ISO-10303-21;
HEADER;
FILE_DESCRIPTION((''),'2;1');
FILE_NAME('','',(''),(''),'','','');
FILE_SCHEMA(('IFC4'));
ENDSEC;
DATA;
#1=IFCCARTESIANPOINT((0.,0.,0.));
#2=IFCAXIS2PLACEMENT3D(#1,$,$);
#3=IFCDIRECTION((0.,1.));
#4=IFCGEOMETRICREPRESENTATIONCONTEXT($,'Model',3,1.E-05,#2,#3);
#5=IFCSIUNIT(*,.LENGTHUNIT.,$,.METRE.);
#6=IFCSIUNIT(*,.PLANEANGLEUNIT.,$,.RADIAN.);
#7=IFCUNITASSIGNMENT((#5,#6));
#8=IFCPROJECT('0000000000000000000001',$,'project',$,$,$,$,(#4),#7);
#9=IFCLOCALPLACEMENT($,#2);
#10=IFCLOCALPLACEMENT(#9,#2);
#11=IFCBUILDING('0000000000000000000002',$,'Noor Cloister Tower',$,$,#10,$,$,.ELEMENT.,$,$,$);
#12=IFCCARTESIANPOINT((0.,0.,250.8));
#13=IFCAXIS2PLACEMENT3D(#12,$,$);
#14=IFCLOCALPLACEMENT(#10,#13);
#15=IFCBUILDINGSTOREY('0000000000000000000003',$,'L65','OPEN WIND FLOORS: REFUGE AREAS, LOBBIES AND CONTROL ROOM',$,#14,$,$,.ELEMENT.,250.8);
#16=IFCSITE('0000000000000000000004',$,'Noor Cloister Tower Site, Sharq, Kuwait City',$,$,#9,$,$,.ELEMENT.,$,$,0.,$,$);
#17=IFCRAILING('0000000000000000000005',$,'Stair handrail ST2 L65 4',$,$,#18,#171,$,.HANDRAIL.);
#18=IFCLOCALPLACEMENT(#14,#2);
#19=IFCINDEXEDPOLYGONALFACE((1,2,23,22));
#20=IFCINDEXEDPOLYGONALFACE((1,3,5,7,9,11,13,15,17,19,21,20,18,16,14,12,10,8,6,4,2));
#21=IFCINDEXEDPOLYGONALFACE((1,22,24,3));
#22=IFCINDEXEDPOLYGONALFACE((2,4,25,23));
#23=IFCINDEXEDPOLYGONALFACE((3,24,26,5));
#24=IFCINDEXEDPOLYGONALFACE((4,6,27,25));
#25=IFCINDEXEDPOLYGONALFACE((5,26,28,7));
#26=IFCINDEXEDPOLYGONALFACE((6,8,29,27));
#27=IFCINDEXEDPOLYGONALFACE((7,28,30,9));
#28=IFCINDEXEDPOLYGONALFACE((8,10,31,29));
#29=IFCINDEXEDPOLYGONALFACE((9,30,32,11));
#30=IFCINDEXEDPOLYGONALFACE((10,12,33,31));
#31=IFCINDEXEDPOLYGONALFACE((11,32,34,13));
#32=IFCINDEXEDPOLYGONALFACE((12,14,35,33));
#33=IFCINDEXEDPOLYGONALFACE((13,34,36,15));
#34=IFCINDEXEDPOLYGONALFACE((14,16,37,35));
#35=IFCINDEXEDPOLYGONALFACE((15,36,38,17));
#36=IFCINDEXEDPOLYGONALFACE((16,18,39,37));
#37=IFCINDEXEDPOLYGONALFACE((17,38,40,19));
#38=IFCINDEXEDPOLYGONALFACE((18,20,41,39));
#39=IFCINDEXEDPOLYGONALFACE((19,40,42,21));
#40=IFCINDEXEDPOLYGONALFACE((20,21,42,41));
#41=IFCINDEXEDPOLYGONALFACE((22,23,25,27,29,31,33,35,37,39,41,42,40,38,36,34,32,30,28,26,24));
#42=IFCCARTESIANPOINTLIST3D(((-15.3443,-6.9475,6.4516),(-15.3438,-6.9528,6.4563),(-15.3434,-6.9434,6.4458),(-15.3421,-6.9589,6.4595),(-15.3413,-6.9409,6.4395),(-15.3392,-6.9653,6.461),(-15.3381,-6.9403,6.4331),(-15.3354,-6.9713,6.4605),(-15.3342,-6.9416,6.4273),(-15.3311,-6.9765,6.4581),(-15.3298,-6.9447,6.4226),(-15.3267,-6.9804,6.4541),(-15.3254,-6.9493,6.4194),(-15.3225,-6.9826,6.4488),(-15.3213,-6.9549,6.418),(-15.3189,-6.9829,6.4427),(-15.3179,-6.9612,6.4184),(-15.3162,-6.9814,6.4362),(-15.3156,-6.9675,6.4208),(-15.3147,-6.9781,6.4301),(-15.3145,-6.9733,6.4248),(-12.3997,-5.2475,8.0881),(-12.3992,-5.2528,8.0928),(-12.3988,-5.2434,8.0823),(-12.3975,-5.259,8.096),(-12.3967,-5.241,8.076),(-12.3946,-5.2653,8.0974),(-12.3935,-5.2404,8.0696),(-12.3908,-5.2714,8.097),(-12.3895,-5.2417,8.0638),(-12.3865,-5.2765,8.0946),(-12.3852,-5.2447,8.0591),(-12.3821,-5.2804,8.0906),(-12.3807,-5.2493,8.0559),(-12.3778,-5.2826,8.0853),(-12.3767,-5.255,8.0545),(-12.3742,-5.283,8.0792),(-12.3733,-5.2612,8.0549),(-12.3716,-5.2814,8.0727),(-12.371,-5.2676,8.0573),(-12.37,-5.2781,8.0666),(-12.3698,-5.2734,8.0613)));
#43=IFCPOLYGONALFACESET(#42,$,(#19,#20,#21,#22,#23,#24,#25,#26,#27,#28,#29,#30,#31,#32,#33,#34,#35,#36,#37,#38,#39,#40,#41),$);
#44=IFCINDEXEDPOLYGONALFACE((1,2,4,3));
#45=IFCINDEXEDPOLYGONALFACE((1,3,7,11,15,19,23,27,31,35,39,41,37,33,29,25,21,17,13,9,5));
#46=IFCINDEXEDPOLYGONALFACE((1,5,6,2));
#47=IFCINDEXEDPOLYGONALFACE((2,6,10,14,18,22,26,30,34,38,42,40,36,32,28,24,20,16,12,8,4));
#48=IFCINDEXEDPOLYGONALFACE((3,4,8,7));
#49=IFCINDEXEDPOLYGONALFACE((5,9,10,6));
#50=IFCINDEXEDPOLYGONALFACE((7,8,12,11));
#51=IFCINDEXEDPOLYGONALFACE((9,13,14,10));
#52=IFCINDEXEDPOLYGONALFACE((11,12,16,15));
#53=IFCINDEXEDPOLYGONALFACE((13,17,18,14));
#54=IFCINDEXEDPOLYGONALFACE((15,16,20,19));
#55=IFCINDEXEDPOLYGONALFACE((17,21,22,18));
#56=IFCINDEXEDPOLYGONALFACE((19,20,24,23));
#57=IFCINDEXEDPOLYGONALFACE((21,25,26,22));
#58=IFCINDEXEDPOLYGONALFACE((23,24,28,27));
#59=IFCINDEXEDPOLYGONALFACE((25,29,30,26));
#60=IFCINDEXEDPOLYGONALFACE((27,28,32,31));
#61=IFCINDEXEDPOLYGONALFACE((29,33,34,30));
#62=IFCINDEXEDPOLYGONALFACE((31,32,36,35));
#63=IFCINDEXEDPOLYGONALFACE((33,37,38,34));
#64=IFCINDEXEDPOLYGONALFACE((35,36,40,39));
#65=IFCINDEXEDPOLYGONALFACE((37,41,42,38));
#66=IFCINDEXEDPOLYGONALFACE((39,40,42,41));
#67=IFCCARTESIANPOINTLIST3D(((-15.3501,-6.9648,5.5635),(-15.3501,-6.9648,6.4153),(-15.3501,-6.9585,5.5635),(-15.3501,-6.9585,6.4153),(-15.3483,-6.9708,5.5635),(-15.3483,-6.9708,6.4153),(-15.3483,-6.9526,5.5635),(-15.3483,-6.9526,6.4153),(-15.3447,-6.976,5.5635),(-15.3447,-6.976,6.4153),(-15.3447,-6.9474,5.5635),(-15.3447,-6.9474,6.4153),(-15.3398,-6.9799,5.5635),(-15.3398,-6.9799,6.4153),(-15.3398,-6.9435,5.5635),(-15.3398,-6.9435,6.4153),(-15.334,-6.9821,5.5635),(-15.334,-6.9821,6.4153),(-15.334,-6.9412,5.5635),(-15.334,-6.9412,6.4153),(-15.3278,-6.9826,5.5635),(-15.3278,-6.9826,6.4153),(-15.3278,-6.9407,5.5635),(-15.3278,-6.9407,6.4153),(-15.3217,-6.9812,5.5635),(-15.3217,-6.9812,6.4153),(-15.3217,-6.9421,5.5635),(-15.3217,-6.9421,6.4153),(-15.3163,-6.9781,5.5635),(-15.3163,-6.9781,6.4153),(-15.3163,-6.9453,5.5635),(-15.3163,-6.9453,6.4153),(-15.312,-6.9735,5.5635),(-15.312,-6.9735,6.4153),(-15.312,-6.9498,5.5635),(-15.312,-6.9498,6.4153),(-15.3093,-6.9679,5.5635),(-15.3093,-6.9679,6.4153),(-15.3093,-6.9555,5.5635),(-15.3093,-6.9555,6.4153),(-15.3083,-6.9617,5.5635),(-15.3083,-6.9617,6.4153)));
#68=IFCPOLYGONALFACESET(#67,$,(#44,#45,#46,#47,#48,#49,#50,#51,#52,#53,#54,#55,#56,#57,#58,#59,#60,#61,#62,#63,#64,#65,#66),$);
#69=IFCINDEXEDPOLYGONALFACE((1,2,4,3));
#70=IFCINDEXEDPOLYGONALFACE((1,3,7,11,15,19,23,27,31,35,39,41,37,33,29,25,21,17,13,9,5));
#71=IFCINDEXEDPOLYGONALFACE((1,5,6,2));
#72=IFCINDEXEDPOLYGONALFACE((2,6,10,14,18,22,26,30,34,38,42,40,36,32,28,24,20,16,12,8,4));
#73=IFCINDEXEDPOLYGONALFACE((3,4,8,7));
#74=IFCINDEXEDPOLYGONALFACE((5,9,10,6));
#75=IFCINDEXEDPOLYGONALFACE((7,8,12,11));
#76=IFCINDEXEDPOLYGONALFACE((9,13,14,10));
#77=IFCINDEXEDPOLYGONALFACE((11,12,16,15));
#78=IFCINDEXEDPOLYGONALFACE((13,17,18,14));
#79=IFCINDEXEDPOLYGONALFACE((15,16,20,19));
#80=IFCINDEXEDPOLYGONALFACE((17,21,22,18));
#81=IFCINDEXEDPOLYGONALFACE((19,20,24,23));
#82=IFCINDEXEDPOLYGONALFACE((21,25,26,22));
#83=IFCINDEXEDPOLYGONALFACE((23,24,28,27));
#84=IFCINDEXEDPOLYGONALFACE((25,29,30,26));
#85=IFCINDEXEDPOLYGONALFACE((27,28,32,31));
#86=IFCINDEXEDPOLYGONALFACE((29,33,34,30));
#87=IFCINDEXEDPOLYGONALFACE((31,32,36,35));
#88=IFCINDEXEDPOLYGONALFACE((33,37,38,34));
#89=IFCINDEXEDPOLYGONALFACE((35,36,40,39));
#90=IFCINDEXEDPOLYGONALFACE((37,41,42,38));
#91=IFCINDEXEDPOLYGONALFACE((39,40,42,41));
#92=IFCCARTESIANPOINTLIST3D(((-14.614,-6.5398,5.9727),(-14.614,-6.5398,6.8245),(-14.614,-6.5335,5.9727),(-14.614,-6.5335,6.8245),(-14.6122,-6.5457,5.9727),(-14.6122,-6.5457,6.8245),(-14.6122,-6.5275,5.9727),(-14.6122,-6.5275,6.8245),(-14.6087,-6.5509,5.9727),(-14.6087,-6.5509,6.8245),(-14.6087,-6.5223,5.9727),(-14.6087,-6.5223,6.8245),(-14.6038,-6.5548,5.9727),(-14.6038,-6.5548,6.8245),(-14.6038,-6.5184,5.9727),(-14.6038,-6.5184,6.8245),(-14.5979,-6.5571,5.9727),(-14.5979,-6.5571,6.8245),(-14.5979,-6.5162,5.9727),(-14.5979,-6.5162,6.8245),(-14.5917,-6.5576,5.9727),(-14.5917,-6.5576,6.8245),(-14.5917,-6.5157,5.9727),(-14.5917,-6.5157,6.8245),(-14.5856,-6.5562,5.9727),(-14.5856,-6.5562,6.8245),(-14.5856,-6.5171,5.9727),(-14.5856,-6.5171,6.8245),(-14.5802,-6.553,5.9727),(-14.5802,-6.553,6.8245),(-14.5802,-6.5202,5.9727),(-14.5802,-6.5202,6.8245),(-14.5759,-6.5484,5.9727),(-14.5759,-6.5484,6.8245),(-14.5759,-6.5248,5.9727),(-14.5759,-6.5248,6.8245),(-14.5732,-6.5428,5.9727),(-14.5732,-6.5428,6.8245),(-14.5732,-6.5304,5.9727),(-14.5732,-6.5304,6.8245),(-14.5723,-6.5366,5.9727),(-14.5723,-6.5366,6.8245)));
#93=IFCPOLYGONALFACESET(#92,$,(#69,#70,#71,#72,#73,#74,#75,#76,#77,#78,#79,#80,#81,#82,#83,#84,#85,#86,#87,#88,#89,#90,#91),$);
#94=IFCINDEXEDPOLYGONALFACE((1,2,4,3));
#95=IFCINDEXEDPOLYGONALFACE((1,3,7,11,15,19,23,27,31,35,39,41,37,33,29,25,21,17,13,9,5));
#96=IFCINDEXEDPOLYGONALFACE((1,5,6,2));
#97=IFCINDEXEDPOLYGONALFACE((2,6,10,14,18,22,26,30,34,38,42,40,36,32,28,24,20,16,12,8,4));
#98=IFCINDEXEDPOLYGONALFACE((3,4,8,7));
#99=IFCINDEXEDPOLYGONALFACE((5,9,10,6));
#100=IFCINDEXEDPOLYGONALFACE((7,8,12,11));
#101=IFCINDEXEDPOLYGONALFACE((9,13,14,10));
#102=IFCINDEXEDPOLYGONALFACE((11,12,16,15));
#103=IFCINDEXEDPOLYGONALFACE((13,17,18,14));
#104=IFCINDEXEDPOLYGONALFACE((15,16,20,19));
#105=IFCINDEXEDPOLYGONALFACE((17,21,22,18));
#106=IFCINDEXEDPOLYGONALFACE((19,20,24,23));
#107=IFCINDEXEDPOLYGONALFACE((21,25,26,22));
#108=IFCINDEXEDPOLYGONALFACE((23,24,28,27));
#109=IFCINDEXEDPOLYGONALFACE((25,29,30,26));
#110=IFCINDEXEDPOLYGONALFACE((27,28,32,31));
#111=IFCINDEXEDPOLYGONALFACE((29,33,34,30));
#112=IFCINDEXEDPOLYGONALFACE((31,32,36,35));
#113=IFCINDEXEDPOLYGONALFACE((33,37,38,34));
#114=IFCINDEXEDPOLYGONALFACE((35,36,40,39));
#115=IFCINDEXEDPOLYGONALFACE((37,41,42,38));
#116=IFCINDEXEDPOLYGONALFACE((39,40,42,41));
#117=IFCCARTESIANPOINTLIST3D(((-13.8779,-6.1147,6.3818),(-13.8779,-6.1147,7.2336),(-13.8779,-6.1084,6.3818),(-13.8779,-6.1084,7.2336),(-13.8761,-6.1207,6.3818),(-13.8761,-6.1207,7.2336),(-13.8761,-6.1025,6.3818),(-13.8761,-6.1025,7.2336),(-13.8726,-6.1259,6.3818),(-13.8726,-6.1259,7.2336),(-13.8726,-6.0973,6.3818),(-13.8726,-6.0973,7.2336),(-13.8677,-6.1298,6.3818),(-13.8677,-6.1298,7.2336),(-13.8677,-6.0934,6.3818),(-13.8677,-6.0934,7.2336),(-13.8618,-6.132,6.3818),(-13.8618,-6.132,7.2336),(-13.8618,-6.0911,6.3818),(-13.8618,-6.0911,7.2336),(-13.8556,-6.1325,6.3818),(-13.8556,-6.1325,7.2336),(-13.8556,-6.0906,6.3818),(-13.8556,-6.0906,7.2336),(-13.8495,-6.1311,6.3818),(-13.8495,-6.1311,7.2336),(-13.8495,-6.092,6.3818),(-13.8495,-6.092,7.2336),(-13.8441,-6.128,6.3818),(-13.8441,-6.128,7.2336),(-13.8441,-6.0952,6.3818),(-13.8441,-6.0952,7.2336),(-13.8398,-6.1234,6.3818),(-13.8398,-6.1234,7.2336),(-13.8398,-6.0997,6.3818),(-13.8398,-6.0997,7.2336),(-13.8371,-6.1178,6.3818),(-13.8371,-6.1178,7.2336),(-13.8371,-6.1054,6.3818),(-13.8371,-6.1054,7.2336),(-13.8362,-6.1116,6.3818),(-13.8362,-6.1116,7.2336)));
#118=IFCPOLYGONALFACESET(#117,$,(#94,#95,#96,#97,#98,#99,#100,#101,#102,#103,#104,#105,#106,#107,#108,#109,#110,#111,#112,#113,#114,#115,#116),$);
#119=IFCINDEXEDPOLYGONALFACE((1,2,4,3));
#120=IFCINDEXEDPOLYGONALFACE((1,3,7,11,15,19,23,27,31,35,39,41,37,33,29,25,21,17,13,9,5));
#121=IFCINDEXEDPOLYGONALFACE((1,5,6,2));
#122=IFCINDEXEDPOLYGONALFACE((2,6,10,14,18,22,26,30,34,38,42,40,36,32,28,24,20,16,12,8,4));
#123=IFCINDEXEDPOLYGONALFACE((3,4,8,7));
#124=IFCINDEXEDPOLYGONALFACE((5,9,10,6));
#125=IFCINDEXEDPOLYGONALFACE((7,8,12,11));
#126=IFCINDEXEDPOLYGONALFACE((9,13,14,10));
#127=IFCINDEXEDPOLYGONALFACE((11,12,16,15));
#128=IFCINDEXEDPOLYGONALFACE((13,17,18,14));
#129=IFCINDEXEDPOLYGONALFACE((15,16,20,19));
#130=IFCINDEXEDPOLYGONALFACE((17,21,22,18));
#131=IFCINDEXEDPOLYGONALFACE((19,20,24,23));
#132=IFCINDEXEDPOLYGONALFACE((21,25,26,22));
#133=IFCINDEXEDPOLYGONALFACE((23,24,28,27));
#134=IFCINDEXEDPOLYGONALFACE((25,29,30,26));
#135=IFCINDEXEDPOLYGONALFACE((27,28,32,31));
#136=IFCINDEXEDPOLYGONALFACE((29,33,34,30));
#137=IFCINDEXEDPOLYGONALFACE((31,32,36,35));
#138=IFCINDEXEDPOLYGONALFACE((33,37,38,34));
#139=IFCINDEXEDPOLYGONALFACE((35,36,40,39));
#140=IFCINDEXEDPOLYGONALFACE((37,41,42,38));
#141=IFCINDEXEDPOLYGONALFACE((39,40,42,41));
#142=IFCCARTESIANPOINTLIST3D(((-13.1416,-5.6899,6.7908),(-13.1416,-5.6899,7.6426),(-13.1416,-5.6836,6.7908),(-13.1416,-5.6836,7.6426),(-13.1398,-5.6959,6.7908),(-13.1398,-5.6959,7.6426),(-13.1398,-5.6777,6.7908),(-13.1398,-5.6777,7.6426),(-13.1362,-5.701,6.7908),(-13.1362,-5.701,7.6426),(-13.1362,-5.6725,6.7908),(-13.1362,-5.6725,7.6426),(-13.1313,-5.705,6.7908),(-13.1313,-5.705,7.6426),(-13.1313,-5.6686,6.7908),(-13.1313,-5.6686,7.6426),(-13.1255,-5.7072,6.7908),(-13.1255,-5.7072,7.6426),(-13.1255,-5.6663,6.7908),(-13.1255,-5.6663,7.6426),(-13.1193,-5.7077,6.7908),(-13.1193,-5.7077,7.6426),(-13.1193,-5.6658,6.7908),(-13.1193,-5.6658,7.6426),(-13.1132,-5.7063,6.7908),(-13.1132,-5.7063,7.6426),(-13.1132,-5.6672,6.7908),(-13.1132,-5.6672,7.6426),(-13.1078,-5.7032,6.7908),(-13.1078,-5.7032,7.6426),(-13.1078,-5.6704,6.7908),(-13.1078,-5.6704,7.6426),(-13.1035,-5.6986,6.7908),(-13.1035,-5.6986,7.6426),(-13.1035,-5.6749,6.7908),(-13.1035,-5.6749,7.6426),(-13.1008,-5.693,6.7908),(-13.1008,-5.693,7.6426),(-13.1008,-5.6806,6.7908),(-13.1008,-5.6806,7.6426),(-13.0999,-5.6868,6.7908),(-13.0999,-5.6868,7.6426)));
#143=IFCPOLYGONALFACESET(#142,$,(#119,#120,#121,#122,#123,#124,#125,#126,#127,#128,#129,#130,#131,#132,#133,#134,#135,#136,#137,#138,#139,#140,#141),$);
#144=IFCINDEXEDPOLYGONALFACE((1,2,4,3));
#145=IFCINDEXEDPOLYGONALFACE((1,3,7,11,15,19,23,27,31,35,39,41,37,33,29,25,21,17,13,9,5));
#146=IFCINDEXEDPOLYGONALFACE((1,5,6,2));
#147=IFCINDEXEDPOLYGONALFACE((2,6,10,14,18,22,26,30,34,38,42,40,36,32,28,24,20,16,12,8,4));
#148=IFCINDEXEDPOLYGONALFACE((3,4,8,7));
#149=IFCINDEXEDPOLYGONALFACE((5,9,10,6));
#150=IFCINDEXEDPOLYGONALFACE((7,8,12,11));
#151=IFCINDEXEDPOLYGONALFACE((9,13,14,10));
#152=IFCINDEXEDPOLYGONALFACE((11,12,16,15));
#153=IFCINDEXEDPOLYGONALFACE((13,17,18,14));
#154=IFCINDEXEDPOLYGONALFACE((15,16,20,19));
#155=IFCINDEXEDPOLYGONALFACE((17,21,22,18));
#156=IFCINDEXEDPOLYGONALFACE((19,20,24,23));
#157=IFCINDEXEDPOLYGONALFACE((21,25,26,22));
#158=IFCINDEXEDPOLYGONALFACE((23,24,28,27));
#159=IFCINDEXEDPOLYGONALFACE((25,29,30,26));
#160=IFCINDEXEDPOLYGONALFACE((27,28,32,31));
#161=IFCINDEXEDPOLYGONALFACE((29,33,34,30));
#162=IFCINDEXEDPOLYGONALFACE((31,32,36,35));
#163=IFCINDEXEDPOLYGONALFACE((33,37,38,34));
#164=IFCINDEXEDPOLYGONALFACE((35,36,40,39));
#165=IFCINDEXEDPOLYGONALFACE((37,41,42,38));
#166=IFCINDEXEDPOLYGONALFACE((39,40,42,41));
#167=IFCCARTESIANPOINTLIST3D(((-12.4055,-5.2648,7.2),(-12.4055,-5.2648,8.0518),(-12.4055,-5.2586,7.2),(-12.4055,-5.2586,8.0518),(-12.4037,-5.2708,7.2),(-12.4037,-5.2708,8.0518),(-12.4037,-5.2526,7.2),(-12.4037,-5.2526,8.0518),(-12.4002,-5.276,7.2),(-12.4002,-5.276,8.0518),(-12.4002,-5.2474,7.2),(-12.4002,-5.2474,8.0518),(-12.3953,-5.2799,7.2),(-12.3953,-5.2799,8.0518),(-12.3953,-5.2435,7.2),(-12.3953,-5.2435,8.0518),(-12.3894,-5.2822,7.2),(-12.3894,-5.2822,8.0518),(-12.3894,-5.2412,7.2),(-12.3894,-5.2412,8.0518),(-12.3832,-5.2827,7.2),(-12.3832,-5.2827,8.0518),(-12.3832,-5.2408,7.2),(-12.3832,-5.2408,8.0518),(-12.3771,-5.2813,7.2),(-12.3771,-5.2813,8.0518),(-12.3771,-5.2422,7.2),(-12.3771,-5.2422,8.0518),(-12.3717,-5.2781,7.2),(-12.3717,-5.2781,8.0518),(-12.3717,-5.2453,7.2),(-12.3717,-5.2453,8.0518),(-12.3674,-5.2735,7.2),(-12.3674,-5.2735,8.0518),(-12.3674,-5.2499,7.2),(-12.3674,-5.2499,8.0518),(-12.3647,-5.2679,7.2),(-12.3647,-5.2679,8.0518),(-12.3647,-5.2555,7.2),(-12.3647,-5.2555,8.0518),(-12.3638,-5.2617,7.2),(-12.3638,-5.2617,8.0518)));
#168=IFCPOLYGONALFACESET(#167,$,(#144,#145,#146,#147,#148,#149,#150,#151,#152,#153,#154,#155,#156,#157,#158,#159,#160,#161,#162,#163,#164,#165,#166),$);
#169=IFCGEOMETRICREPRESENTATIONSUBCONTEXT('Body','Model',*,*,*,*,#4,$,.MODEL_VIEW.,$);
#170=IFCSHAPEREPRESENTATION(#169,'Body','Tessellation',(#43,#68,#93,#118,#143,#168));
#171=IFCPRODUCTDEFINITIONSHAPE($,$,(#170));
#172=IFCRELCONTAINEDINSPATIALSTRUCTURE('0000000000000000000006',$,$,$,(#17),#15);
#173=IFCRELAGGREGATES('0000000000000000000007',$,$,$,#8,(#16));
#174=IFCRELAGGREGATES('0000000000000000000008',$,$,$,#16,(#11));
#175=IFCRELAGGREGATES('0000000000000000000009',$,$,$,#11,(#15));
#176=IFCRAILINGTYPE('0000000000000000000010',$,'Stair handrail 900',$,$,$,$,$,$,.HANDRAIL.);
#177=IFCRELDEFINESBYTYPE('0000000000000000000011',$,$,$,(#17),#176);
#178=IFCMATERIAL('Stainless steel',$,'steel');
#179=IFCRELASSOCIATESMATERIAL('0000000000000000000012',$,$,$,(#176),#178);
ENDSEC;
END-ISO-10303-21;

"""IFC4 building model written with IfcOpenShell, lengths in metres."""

from ifc_helpers import new_model, si_unit, direction, frame, origin, origin_2d, place, context, subcontext, project, spatial, circle, extrude, material, type_object, element, save


model = new_model("IFC4")

# Units and contexts
model_context = context("Model", 3, precision=1e-05, world=origin(), true_north=direction((0.0, 1.0)))
body_context = subcontext(model_context, "Body", "Model", "MODEL_VIEW")
ifc_project = project(units=[si_unit("LENGTHUNIT", "METRE"), si_unit("PLANEANGLEUNIT", "RADIAN")], contexts=[model_context])

# Site, building, storey
site_placement = place(None, origin())
site = spatial("IfcSite", under=ifc_project, at=site_placement, Name="Noor Cloister Tower Site, Sharq, Kuwait City", CompositionType="ELEMENT", RefElevation=0.0)
building_placement = place(site_placement, origin())
building = spatial("IfcBuilding", under=site, at=building_placement, Name="Noor Cloister Tower", CompositionType="ELEMENT")
storey_placement = place(building_placement, frame((0.0, 0.0, 250.8)))
storey = spatial("IfcBuildingStorey", under=building, at=storey_placement, Name="L65", Description="OPEN WIND FLOORS: REFUGE AREAS, LOBBIES AND CONTROL ROOM", CompositionType="ELEMENT", Elevation=250.8)

# Railing
ifc_material_1 = material(Name="Stainless steel", Category="steel")
railing_type_1 = type_object("IfcRailingType", Name="Stair handrail 900", PredefinedType="HANDRAIL", material=ifc_material_1)
railing_1_placement = place(storey_placement, frame((-15.3293, -6.9617, 5.5635)))
element("IfcRailing", 1, at=railing_1_placement, inside=storey, type_object=railing_type_1, Name="Stair handrail ST2 L65 4", PredefinedType="HANDRAIL", context=body_context, shape_type="SweptSolid", body=[
    extrude(circle(Radius=0.0239, at=origin_2d()), frame((0.0, 0.0, 0.876), z_axis=(0.780355, 0.450511, 0.433689), x_axis=(-0.499977, 0.866039, 0.0)), (0.0, 0.0, 1.0), 3.7734),
    extrude(circle(Radius=0.021, at=origin_2d()), origin(), (0.0, 0.0, 1.0), 0.8518),
    extrude(circle(Radius=0.021, at=origin_2d()), frame((0.7361, 0.425, 0.4092)), (0.0, 0.0, 1.0), 0.8518),
    extrude(circle(Radius=0.021, at=origin_2d()), frame((1.4722, 0.8501, 0.8184)), (0.0, 0.0, 1.0), 0.8518),
    extrude(circle(Radius=0.021, at=origin_2d()), frame((2.2085, 1.2749, 1.2273)), (0.0, 0.0, 1.0), 0.8518),
    extrude(circle(Radius=0.021, at=origin_2d()), frame((2.9446, 1.7, 1.6365)), (0.0, 0.0, 1.0), 0.8518),
])

save(model, "model.ifc")
